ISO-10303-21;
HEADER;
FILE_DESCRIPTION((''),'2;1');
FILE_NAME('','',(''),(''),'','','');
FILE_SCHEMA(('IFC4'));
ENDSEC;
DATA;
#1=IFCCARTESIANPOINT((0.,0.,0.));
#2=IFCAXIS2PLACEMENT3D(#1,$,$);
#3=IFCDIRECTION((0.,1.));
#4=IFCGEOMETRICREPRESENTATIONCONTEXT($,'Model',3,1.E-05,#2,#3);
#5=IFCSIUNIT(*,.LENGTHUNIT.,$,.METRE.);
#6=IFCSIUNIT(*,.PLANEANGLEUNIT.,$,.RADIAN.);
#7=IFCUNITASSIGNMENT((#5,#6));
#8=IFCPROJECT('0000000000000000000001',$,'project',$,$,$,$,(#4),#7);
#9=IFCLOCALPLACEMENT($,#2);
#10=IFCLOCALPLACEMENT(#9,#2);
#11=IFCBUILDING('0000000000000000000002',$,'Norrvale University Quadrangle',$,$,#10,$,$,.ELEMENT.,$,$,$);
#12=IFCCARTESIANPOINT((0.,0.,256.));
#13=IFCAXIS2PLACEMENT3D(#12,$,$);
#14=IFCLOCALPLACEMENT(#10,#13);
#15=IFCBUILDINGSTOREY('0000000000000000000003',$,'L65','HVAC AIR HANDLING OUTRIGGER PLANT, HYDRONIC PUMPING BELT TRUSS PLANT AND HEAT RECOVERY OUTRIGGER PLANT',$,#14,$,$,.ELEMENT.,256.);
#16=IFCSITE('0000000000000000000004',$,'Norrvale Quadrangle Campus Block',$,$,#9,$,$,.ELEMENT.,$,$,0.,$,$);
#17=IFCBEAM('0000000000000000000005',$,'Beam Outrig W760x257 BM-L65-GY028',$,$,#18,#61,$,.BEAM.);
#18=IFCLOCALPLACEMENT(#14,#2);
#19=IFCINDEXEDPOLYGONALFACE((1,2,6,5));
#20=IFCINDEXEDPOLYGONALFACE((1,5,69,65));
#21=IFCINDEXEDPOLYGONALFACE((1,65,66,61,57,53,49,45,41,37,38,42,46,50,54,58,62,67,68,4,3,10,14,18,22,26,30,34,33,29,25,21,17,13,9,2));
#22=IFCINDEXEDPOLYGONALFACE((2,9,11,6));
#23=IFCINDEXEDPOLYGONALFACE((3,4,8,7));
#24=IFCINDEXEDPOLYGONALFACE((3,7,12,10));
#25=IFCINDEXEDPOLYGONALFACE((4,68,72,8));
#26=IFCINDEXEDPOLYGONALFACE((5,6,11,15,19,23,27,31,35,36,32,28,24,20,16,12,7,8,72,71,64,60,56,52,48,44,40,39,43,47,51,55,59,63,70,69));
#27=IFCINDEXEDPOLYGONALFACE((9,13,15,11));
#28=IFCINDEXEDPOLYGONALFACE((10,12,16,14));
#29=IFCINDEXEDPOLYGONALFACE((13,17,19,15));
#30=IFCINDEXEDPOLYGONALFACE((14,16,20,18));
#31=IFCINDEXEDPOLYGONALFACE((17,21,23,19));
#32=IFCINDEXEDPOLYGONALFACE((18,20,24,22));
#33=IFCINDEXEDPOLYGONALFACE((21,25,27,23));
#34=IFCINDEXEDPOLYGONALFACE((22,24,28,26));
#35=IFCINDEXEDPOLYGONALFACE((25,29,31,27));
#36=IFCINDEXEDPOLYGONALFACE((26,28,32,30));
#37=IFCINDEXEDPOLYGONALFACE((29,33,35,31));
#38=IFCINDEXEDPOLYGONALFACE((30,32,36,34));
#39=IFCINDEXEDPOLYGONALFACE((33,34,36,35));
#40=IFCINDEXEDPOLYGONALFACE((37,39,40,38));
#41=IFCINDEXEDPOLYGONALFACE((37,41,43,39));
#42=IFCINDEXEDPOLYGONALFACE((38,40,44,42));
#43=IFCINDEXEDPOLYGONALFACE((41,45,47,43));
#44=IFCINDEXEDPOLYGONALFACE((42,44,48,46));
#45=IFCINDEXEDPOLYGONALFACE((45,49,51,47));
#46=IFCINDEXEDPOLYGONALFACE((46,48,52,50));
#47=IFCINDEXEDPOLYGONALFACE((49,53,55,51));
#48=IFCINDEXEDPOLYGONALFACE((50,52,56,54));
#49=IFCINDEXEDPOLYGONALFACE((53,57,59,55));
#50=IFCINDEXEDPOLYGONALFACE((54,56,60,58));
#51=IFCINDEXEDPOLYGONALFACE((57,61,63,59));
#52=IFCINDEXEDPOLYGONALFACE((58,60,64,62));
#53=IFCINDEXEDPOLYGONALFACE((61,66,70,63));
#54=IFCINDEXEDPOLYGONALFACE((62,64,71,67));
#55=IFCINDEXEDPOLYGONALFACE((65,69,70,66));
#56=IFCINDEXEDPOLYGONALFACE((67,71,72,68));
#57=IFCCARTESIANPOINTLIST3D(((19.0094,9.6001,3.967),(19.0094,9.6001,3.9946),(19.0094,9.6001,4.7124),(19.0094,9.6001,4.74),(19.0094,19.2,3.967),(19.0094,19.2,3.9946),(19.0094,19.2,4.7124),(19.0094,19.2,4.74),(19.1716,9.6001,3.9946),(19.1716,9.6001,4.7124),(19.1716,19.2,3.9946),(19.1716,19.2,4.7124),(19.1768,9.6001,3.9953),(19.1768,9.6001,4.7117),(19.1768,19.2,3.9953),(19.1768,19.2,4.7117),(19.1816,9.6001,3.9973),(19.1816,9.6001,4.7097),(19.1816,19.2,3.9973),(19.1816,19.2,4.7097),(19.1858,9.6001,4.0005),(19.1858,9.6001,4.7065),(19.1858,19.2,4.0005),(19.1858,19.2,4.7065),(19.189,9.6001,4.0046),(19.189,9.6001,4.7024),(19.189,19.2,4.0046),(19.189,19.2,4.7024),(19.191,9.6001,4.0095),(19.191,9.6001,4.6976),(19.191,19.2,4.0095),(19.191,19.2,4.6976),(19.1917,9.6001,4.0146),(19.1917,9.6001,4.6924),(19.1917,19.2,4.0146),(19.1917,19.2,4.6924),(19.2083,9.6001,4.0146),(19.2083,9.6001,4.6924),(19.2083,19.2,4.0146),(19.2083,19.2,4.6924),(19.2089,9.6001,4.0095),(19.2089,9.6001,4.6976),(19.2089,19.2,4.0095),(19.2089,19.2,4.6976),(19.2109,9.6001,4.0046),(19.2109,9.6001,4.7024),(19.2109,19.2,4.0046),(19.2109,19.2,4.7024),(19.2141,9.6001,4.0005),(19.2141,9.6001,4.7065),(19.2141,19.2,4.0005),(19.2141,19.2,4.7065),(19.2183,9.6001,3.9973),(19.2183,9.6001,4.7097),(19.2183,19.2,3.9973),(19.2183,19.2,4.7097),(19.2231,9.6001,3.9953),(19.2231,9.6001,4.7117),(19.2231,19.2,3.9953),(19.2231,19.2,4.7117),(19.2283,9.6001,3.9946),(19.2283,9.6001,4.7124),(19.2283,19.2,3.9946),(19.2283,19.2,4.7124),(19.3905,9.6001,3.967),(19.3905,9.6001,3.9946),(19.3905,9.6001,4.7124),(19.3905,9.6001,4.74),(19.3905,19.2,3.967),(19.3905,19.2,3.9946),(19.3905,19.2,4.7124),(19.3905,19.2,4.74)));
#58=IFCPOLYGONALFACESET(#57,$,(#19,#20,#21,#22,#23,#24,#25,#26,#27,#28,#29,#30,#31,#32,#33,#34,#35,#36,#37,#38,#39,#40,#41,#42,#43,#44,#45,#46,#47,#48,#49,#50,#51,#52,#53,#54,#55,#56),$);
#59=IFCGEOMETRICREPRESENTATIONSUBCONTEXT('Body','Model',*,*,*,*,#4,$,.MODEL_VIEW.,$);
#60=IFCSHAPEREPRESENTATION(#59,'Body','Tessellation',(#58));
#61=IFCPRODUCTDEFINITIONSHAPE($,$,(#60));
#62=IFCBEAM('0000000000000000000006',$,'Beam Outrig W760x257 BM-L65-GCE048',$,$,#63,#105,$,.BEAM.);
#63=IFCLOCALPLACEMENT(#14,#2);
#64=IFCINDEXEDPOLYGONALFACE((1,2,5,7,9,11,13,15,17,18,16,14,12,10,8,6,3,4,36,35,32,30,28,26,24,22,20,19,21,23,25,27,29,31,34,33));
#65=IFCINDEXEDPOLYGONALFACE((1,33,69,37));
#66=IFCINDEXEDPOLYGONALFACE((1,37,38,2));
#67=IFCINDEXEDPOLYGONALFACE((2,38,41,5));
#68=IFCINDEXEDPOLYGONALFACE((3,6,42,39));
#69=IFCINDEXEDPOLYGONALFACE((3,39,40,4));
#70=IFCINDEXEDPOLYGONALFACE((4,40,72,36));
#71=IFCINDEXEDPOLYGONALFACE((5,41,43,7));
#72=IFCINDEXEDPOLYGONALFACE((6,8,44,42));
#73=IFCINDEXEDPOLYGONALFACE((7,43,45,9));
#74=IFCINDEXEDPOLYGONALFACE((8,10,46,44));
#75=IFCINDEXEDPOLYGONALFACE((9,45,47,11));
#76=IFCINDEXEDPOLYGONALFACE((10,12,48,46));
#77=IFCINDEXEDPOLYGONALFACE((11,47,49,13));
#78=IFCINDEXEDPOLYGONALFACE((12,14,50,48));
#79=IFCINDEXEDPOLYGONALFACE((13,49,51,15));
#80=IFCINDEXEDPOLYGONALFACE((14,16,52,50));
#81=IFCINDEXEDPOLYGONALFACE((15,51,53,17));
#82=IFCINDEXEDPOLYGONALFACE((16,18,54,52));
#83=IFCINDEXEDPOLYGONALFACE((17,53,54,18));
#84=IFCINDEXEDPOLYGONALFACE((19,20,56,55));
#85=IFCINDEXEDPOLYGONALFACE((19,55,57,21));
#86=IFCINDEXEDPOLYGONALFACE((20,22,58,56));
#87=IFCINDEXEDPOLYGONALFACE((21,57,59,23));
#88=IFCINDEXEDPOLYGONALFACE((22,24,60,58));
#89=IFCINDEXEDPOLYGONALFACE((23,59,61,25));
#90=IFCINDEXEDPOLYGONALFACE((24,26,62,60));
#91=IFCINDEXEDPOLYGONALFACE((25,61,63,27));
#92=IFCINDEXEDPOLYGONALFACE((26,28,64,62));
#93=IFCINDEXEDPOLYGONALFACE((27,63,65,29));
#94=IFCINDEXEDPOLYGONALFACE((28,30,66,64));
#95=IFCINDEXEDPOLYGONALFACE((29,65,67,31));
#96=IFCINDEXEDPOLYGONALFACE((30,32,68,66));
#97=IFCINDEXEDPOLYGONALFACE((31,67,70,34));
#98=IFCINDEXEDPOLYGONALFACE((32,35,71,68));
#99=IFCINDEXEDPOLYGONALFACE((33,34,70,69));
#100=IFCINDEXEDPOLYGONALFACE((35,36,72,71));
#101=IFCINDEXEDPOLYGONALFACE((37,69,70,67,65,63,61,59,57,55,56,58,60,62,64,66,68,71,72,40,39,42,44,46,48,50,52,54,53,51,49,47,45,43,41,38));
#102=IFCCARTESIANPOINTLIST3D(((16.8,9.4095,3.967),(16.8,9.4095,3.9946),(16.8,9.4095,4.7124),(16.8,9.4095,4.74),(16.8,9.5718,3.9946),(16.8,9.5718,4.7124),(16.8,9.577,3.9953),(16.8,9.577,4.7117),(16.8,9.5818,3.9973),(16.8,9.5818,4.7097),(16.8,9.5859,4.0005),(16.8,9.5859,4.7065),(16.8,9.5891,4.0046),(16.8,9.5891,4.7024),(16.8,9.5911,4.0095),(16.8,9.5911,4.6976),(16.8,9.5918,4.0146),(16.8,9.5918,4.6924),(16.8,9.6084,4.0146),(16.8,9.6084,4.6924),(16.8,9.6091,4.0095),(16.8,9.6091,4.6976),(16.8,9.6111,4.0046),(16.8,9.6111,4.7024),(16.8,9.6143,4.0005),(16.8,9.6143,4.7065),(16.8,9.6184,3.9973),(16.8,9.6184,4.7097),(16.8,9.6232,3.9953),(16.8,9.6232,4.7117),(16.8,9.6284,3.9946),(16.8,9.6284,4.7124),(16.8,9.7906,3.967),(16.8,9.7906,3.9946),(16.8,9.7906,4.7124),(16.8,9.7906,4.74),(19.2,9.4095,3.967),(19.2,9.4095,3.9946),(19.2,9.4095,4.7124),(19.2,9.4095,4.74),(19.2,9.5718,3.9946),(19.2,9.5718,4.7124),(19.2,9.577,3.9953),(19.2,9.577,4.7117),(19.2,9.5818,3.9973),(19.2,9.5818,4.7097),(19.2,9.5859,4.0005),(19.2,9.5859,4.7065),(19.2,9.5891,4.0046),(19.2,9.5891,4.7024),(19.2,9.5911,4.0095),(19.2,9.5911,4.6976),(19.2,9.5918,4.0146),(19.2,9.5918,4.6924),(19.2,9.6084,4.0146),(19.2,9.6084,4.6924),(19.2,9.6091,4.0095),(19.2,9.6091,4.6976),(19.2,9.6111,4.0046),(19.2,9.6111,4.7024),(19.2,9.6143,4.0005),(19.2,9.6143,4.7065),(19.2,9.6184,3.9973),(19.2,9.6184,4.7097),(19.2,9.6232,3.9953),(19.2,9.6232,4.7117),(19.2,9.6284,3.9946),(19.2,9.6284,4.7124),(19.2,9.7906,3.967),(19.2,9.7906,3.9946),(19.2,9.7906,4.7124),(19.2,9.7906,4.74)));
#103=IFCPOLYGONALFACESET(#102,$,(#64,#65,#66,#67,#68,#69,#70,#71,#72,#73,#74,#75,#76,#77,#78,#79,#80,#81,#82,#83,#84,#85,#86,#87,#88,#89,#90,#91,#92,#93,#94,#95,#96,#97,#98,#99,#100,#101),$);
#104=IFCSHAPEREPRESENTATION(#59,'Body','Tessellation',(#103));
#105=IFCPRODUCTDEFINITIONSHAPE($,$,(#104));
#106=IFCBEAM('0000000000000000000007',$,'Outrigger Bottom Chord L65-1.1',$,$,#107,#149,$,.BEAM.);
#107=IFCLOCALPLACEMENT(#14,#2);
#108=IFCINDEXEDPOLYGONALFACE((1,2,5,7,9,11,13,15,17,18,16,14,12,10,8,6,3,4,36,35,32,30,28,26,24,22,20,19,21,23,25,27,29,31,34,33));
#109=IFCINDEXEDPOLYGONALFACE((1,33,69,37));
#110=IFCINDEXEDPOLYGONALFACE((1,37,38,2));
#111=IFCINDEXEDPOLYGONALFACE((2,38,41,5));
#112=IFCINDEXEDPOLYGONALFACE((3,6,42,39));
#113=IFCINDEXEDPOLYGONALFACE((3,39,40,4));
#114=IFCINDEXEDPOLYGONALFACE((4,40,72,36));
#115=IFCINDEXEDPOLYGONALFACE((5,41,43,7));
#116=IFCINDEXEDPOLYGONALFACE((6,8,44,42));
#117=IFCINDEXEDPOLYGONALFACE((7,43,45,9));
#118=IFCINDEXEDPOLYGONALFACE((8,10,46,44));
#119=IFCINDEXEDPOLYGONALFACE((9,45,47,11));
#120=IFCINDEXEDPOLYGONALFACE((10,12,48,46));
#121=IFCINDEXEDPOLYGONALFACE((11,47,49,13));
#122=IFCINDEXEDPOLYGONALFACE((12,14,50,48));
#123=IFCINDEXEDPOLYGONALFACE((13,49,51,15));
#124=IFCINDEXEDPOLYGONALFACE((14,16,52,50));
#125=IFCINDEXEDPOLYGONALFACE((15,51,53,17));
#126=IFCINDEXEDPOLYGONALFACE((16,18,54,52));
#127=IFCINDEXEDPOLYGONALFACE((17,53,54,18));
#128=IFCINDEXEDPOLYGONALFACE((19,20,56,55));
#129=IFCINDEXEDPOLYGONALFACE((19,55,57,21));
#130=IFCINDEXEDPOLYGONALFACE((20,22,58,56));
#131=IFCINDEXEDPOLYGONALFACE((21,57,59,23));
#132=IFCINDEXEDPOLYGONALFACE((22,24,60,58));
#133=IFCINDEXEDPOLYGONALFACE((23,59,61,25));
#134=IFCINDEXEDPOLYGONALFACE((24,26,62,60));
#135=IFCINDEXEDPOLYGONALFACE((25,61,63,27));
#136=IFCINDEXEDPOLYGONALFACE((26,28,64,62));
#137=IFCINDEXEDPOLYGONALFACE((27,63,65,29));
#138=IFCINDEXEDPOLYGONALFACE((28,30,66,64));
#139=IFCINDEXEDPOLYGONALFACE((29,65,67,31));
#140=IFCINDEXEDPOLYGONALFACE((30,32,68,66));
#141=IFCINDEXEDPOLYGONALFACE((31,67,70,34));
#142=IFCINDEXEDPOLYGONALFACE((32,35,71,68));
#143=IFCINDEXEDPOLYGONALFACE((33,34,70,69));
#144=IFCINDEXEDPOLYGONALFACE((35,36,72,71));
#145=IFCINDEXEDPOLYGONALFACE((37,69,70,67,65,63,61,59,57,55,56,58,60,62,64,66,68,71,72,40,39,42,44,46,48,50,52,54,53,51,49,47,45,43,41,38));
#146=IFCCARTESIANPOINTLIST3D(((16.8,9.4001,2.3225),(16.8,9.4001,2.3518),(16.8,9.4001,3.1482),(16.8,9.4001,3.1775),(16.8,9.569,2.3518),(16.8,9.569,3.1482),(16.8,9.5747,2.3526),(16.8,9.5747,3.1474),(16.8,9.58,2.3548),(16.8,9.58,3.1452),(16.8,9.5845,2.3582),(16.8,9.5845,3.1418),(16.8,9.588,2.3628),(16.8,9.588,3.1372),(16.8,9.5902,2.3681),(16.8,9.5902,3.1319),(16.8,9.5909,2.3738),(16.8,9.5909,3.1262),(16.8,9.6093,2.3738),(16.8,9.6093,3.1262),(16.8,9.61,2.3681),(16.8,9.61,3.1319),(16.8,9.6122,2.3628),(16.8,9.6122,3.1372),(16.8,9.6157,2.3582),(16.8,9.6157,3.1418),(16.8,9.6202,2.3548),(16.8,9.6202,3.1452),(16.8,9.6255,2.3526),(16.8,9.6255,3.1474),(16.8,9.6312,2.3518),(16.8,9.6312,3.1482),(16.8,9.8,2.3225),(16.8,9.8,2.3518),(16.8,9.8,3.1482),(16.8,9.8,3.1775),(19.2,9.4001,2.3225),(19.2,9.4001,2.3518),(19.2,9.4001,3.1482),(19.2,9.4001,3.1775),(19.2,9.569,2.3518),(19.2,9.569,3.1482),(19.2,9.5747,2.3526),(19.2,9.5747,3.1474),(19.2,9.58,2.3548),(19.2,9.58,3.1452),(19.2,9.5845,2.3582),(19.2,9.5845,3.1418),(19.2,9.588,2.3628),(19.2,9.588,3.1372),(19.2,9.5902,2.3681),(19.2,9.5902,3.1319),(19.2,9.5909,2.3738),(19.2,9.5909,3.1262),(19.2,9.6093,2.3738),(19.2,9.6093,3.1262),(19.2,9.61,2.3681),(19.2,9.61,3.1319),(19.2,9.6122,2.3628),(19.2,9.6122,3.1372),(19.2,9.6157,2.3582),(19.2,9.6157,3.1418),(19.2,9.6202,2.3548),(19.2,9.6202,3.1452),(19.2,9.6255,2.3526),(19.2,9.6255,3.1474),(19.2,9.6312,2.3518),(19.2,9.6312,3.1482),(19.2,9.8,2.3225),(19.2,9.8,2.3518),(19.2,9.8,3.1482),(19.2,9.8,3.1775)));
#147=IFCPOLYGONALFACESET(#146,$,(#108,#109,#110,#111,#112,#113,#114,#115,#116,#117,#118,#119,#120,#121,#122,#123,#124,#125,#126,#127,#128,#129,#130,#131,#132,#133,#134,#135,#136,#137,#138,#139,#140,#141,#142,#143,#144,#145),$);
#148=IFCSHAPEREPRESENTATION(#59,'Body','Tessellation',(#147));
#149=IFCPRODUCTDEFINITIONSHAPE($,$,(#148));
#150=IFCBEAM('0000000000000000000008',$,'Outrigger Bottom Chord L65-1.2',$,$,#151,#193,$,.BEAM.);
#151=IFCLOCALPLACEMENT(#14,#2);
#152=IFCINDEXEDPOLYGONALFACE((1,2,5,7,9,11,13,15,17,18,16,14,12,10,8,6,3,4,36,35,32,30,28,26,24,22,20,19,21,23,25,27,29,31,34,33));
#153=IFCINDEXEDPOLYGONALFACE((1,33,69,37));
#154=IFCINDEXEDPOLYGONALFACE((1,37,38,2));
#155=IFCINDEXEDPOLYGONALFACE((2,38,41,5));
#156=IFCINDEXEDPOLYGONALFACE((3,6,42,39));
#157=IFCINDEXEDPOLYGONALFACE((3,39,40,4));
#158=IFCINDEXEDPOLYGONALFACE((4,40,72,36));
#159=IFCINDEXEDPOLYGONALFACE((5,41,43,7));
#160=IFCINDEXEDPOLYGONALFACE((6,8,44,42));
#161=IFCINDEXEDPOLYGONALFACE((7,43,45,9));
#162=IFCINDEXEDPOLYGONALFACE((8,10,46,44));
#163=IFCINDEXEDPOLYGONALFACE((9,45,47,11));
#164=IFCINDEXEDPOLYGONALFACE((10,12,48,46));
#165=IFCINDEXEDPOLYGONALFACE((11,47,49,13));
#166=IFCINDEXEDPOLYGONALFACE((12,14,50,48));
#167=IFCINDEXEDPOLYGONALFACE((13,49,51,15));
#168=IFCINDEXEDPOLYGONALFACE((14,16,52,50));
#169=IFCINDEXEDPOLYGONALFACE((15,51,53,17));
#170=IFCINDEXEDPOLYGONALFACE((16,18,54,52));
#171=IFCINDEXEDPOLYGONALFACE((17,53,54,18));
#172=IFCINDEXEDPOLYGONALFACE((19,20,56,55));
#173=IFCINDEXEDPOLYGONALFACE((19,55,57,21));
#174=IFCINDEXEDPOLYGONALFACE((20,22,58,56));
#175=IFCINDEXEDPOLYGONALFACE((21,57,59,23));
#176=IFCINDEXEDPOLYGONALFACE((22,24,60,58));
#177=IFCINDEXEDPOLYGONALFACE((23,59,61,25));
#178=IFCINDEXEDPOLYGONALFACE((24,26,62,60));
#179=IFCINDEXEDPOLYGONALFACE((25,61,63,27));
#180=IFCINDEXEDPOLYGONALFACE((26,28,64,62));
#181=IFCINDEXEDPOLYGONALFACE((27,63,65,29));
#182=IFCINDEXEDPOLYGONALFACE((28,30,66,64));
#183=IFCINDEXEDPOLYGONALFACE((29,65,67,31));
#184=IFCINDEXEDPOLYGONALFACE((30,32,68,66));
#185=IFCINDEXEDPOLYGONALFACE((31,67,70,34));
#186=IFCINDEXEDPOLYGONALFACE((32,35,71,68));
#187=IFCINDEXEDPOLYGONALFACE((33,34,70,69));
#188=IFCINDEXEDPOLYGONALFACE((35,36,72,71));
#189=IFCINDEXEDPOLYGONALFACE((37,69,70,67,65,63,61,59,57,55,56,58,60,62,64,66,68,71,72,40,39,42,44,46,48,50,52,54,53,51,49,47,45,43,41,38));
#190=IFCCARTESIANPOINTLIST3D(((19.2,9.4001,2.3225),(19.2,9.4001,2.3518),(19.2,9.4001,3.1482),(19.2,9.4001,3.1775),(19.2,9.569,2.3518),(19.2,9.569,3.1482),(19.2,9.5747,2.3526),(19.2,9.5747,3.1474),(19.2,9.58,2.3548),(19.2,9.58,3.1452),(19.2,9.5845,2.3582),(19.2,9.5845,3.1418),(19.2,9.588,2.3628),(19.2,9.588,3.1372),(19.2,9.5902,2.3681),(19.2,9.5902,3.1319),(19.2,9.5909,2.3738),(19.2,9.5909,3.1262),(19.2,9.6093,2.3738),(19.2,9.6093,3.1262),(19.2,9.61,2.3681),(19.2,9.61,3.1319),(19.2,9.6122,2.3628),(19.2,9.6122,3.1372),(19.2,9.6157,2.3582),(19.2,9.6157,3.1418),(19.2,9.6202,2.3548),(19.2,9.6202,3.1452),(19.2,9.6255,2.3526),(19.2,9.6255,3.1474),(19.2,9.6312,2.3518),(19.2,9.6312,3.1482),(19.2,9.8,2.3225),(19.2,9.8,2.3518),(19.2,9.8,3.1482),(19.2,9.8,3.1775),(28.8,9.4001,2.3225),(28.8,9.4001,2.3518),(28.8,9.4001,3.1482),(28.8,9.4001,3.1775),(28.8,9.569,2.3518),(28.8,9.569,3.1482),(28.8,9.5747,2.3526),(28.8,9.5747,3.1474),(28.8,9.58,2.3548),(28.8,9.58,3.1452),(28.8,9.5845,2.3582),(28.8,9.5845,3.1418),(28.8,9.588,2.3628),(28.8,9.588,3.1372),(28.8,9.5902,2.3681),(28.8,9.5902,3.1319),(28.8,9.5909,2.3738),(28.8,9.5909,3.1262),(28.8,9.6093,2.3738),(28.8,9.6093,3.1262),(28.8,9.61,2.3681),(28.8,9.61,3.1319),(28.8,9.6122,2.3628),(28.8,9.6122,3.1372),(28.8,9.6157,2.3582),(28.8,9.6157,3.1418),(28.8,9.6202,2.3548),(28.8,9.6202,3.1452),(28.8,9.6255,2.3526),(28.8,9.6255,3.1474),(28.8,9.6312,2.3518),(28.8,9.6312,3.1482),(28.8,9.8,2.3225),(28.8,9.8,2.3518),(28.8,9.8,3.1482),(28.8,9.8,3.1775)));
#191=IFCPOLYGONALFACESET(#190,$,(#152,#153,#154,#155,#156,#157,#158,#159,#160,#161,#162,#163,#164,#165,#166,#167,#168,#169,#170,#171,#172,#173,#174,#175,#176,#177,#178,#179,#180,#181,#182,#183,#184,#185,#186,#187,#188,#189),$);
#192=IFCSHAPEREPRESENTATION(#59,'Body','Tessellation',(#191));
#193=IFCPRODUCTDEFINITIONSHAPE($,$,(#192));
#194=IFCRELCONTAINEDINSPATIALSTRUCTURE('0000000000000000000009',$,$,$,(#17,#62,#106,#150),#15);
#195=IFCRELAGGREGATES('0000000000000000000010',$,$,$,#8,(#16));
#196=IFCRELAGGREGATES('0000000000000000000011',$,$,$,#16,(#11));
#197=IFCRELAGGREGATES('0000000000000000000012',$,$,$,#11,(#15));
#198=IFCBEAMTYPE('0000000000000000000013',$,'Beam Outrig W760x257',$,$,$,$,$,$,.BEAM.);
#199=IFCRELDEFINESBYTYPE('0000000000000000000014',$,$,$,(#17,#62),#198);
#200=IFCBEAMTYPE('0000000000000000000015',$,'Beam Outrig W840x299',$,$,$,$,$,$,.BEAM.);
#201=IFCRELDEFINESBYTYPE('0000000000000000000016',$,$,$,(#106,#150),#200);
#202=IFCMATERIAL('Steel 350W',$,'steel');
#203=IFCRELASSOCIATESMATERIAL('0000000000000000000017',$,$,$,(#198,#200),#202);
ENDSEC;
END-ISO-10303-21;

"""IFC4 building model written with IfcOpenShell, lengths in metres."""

from ifc_helpers import new_model, si_unit, direction, frame, origin, origin_2d, place, context, subcontext, project, spatial, i_section, extrude, material, material_profile, profile_set, type_object, element, save


model = new_model("IFC4")

# Units and contexts
model_context = context("Model", 3, precision=1e-05, world=origin(), true_north=direction((0.0, 1.0)))
body_context = subcontext(model_context, "Body", "Model", "MODEL_VIEW")
ifc_project = project(units=[si_unit("LENGTHUNIT", "METRE"), si_unit("PLANEANGLEUNIT", "RADIAN")], contexts=[model_context])

# Site, building, storey
site_placement = place(None, origin())
site = spatial("IfcSite", under=ifc_project, at=site_placement, Name="Norrvale Quadrangle Campus Block", CompositionType="ELEMENT", RefElevation=0.0)
building_placement = place(site_placement, origin())
building = spatial("IfcBuilding", under=site, at=building_placement, Name="Norrvale University Quadrangle", CompositionType="ELEMENT")
storey_placement = place(building_placement, frame((0.0, 0.0, 256.0)))
storey = spatial("IfcBuildingStorey", under=building, at=storey_placement, Name="L65", Description="HVAC AIR HANDLING OUTRIGGER PLANT, HYDRONIC PUMPING BELT TRUSS PLANT AND HEAT RECOVERY OUTRIGGER PLANT", CompositionType="ELEMENT", Elevation=256.0)

# Beams
ifc_material_1 = material(Name="Steel 350W", Category="steel")
ifc_material_profile_1 = material_profile(ifc_material_1, i_section(OverallWidth=0.3811, OverallDepth=0.7729, WebThickness=0.0166, FlangeThickness=0.0276, FilletRadius=0.02, at=origin_2d()), Name="Steel 350W")
ifc_profile_set_1 = profile_set([ifc_material_profile_1], Name="Steel 350W")
beam_type_1 = type_object("IfcBeamType", Name="Beam Outrig W760x257", PredefinedType="BEAM", material=ifc_profile_set_1)
beam_1_placement = place(storey_placement, frame((19.2, 9.6001, 4.3535), z_axis=(0.0, 1.0, 0.0), x_axis=(-1.0, 0.0, 0.0)))
element("IfcBeam", 1, at=beam_1_placement, inside=storey, type_object=beam_type_1, Name="Beam Outrig W760x257 BM-L65-GY028", PredefinedType="BEAM", context=body_context, shape_type="SweptSolid", body=[
    extrude(i_section(OverallWidth=0.3811, OverallDepth=0.7729, WebThickness=0.0166, FlangeThickness=0.0276, FilletRadius=0.02, at=origin_2d()), origin(), (0.0, 0.0, 1.0), 9.5999),
])
beam_2_placement = place(storey_placement, frame((16.8, 9.6001, 4.3535), z_axis=(1.0, 0.0, 0.0), x_axis=(0.0, 1.0, 0.0)))
element("IfcBeam", 2, at=beam_2_placement, inside=storey, type_object=beam_type_1, Name="Beam Outrig W760x257 BM-L65-GCE048", PredefinedType="BEAM", context=body_context, shape_type="SweptSolid", body=[
    extrude(i_section(OverallWidth=0.3811, OverallDepth=0.7729, WebThickness=0.0166, FlangeThickness=0.0276, FilletRadius=0.02, at=origin_2d()), origin(), (0.0, 0.0, 1.0), 2.3999),
])
ifc_material_profile_2 = material_profile(ifc_material_1, i_section(OverallWidth=0.3999, OverallDepth=0.855, WebThickness=0.0183, FlangeThickness=0.0293, FilletRadius=0.022, at=origin_2d()), Name="Steel 350W")
ifc_profile_set_2 = profile_set([ifc_material_profile_2], Name="Steel 350W")
beam_type_2 = type_object("IfcBeamType", Name="Beam Outrig W840x299", PredefinedType="BEAM", material=ifc_profile_set_2)
beam_3_placement = place(storey_placement, frame((16.8, 9.6001, 2.75), z_axis=(1.0, 0.0, 0.0), x_axis=(0.0, 1.0, 0.0)))
element("IfcBeam", 3, at=beam_3_placement, inside=storey, type_object=beam_type_2, Name="Outrigger Bottom Chord L65-1.1", PredefinedType="BEAM", context=body_context, shape_type="SweptSolid", body=[
    extrude(i_section(OverallWidth=0.3999, OverallDepth=0.855, WebThickness=0.0183, FlangeThickness=0.0293, FilletRadius=0.022, at=origin_2d()), origin(), (0.0, 0.0, 1.0), 2.3999),
])
beam_4_placement = place(storey_placement, frame((19.2, 9.6001, 2.75), z_axis=(1.0, 0.0, 0.0), x_axis=(0.0, 1.0, 0.0)))
element("IfcBeam", 4, at=beam_4_placement, inside=storey, type_object=beam_type_2, Name="Outrigger Bottom Chord L65-1.2", PredefinedType="BEAM", context=body_context, shape_type="SweptSolid", body=[
    extrude(i_section(OverallWidth=0.3999, OverallDepth=0.855, WebThickness=0.0183, FlangeThickness=0.0293, FilletRadius=0.022, at=origin_2d()), origin(), (0.0, 0.0, 1.0), 9.6001),
])

save(model, "model.ifc")
